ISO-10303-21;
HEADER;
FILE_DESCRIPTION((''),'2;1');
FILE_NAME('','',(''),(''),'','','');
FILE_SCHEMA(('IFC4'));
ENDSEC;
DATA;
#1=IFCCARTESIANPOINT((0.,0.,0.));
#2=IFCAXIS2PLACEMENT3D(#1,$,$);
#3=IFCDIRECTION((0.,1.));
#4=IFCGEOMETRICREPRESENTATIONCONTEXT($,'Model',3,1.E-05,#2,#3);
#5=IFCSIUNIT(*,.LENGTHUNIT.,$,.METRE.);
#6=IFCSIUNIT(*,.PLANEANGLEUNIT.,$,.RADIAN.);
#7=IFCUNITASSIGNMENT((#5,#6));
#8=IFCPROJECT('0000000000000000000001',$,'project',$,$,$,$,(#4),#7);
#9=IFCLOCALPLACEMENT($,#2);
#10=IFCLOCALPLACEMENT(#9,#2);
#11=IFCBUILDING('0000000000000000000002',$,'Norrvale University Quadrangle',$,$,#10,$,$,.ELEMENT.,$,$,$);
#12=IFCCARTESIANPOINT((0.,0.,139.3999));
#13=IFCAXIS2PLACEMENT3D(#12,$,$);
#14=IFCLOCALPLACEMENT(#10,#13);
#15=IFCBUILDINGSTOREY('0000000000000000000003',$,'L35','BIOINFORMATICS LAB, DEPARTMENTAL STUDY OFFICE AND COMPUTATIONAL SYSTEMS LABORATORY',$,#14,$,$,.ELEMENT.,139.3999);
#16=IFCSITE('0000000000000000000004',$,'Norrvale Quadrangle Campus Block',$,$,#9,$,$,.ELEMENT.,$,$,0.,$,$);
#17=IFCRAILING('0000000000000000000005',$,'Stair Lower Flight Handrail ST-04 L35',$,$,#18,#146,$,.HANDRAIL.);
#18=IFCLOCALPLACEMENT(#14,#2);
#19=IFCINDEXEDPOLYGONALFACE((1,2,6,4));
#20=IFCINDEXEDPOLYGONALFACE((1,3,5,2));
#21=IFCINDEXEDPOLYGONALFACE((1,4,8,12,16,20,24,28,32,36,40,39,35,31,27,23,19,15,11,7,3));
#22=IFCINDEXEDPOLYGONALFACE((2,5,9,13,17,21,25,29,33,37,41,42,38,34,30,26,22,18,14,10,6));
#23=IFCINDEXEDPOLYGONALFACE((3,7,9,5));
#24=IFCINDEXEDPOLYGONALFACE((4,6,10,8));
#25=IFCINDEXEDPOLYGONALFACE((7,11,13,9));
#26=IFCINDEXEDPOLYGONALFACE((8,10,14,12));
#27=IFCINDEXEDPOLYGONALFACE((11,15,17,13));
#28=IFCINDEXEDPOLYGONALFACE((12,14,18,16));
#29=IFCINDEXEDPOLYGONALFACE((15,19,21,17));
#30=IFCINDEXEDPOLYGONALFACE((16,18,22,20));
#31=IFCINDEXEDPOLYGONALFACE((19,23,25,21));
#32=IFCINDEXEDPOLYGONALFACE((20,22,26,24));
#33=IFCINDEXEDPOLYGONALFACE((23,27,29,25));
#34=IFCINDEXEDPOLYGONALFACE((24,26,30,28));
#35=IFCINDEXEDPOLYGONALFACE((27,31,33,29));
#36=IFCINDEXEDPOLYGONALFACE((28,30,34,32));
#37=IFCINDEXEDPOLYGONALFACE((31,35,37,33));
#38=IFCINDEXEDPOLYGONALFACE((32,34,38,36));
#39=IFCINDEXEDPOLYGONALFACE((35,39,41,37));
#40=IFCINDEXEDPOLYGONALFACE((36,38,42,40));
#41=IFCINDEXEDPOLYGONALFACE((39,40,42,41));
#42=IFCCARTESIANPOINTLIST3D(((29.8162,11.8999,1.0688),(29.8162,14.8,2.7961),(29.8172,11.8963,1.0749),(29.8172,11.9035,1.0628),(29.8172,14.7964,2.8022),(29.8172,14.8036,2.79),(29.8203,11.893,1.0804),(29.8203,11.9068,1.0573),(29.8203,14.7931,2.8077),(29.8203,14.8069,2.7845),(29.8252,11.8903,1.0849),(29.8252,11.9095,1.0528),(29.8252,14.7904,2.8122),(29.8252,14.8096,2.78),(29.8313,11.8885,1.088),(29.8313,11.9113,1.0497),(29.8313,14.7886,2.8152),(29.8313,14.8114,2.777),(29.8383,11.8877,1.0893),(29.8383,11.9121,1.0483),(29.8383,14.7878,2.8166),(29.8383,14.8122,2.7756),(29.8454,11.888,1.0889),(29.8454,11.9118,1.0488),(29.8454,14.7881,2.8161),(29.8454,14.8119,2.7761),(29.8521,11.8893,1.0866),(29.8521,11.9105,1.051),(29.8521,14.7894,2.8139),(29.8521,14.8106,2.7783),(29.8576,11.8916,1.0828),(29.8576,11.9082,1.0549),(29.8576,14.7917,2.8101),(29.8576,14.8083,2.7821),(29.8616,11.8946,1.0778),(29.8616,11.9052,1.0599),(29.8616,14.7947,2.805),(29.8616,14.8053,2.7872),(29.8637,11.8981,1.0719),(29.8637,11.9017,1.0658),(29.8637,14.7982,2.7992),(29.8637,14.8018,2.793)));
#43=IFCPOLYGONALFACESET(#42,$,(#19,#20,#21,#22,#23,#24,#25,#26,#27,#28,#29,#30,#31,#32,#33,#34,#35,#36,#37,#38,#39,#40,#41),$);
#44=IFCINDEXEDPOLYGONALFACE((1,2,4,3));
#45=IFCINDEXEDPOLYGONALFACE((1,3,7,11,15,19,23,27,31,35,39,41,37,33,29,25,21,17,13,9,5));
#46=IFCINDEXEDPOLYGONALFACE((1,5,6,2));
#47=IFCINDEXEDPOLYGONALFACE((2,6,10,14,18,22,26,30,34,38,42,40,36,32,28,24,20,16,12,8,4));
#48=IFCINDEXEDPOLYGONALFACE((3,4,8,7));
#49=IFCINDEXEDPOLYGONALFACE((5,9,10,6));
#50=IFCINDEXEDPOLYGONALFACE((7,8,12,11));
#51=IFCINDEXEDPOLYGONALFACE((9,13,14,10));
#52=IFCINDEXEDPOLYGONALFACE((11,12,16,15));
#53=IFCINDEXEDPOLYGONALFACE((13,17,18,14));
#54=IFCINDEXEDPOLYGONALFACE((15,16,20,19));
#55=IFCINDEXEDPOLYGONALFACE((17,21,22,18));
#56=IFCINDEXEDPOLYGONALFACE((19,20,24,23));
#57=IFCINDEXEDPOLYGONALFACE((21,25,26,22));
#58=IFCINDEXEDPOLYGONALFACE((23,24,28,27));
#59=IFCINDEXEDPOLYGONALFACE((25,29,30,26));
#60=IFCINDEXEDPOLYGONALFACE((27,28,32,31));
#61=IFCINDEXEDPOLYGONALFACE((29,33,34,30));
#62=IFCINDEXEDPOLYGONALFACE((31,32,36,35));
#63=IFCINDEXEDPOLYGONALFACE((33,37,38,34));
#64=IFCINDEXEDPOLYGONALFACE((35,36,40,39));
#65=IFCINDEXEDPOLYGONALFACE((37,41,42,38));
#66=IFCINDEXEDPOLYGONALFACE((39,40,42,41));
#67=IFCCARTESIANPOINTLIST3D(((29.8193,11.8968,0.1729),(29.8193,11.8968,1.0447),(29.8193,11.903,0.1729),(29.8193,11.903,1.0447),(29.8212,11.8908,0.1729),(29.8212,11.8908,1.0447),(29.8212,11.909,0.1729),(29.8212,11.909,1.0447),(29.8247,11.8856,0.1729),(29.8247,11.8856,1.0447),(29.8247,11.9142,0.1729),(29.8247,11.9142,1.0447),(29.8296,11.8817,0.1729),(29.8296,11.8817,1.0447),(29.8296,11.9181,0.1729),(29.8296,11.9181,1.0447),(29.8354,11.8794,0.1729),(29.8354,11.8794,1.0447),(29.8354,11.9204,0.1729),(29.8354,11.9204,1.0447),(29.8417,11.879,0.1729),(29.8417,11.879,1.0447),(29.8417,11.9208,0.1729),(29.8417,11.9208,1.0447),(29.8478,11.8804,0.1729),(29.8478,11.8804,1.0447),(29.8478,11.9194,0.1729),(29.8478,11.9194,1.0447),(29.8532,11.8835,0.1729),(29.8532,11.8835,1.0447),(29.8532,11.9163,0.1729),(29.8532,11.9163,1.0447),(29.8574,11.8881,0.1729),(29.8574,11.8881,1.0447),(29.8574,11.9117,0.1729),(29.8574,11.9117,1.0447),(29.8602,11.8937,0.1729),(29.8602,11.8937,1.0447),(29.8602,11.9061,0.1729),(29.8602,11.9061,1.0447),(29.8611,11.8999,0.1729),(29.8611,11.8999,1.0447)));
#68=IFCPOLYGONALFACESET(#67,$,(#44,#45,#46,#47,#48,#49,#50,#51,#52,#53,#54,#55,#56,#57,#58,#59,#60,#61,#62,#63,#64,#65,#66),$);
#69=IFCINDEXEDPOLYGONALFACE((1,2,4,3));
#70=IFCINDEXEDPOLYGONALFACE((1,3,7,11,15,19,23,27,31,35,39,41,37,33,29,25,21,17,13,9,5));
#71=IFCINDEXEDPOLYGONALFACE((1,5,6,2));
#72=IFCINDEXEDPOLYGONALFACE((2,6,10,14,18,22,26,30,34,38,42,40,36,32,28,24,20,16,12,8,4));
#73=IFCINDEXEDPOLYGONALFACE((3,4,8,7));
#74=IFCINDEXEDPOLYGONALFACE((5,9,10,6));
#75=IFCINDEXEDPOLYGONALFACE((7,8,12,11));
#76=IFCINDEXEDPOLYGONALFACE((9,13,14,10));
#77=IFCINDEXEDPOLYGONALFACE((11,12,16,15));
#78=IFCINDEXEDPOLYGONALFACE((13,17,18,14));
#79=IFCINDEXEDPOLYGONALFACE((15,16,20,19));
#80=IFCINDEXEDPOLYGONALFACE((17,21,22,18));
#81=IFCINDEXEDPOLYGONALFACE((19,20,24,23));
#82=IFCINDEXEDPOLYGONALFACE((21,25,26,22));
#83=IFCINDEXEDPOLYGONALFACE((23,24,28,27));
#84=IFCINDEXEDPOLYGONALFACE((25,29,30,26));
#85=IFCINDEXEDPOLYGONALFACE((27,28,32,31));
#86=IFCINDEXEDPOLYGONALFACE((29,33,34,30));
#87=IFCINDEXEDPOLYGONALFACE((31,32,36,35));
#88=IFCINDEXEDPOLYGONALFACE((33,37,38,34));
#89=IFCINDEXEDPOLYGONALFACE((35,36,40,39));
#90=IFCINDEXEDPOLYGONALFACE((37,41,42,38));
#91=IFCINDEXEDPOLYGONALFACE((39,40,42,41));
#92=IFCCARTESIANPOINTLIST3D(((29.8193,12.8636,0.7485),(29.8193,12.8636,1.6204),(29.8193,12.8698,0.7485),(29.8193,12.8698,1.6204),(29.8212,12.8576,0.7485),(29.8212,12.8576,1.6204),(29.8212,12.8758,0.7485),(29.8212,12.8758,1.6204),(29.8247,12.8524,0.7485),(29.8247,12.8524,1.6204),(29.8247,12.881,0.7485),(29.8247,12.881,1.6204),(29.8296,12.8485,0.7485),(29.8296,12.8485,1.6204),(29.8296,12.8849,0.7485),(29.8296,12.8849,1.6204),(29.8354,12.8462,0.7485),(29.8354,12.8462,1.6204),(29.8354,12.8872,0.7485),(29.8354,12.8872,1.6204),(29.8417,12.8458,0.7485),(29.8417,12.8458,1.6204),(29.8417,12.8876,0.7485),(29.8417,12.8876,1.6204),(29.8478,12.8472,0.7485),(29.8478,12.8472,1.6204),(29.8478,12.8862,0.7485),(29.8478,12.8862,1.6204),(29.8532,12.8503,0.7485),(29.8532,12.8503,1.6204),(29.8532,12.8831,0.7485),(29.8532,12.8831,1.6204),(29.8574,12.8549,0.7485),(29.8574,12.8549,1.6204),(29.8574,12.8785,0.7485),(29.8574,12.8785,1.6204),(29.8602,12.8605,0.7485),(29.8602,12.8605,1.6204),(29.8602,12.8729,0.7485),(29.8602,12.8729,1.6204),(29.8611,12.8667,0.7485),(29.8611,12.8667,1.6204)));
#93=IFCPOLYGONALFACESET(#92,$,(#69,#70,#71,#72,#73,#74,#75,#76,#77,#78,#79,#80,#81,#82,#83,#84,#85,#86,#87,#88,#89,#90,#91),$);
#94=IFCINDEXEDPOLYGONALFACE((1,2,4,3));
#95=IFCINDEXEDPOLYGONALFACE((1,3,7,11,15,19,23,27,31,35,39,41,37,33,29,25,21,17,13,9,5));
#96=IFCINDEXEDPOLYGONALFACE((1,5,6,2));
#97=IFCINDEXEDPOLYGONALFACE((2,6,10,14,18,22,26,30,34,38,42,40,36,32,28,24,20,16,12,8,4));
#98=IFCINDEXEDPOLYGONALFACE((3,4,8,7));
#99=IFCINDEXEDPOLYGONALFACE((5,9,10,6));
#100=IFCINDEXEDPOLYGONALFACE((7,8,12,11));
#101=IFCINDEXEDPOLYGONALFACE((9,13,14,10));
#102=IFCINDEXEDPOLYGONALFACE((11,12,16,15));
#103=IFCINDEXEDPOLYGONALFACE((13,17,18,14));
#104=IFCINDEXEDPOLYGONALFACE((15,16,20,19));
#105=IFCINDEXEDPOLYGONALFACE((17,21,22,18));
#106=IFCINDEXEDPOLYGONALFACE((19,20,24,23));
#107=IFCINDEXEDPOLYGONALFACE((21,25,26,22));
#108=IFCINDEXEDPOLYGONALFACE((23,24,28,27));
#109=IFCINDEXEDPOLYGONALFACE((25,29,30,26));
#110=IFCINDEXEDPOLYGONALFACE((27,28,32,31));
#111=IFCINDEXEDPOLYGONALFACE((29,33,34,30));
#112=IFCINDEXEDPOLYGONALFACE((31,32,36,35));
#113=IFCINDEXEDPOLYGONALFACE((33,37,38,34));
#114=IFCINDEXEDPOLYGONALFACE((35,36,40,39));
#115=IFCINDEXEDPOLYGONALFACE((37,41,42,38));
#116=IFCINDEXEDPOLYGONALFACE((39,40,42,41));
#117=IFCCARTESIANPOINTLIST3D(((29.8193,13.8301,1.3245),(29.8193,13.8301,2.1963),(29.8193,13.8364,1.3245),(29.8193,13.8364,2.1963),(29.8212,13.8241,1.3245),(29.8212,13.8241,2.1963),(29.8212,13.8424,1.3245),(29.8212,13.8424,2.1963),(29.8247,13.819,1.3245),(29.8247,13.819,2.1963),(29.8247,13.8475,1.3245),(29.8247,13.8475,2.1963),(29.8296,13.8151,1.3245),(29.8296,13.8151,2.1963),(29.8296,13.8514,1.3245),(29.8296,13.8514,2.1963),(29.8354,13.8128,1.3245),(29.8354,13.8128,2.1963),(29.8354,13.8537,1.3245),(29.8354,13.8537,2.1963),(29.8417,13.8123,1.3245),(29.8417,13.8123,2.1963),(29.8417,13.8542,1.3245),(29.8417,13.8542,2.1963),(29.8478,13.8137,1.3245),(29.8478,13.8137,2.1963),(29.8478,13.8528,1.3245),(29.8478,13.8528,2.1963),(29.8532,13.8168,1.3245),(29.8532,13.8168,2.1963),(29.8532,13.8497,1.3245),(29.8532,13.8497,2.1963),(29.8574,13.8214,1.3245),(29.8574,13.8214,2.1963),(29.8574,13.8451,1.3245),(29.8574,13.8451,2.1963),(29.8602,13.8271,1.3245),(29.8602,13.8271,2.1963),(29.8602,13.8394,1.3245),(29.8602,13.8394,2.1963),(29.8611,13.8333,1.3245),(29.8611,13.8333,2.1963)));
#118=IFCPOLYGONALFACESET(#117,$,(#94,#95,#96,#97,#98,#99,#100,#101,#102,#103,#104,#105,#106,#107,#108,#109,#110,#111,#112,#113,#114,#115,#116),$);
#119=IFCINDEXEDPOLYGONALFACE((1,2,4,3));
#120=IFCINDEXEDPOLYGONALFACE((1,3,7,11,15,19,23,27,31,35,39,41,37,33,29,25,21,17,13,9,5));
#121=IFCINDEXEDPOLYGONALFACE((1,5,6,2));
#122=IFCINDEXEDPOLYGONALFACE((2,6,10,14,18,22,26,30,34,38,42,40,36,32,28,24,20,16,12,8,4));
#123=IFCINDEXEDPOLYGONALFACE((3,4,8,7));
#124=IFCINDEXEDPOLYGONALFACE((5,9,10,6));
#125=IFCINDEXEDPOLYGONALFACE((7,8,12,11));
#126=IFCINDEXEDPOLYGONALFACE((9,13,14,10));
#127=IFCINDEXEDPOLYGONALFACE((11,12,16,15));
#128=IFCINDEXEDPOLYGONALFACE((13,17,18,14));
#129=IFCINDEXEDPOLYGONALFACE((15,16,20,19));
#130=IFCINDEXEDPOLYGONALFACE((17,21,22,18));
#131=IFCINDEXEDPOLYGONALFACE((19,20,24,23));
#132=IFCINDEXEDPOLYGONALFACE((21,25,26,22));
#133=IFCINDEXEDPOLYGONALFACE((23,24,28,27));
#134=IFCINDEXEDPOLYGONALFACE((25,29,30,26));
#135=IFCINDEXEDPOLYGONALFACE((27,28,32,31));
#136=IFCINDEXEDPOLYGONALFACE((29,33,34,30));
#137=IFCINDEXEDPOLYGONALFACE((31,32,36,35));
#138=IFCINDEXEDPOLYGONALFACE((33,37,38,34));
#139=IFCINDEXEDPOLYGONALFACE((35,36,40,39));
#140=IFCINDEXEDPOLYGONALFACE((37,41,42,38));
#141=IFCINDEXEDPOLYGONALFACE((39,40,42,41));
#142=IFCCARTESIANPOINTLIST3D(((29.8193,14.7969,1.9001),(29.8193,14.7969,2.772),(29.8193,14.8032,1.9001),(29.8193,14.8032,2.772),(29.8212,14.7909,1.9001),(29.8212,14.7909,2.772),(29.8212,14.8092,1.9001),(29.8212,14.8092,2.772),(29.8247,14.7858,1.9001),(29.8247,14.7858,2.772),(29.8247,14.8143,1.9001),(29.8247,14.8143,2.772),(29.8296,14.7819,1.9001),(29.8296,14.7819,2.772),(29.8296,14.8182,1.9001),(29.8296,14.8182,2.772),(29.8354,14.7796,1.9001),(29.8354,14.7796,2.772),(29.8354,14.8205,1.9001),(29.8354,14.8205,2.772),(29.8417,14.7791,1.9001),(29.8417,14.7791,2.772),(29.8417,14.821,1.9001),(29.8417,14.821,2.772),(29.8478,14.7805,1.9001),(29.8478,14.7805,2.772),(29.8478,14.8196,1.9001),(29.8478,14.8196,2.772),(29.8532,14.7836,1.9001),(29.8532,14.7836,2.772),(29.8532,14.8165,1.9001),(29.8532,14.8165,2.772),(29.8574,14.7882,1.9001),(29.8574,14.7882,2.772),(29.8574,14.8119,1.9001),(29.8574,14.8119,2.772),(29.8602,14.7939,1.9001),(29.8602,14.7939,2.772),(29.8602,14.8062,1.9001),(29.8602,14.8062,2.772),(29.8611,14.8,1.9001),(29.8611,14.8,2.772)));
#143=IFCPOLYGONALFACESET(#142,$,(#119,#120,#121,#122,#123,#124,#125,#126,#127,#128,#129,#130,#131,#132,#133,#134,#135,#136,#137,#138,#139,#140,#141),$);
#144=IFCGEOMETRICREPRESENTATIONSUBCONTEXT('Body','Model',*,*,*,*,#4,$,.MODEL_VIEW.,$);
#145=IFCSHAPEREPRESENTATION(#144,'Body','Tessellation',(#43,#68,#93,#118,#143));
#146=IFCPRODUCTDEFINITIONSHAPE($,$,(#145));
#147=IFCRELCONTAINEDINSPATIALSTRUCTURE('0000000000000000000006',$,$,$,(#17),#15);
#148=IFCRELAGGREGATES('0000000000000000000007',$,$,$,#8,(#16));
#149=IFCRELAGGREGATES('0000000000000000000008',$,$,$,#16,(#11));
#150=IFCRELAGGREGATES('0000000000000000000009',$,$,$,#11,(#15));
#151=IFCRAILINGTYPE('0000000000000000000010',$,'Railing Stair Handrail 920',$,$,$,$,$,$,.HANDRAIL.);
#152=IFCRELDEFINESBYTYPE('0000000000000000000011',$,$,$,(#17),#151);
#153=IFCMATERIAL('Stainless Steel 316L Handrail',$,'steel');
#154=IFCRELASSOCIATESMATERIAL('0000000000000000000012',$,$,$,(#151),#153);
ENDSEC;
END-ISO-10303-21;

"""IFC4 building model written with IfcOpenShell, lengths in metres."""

from ifc_helpers import new_model, si_unit, direction, frame, origin, origin_2d, place, context, subcontext, project, spatial, circle, extrude, material, type_object, element, save


model = new_model("IFC4")

# Units and contexts
model_context = context("Model", 3, precision=1e-05, world=origin(), true_north=direction((0.0, 1.0)))
body_context = subcontext(model_context, "Body", "Model", "MODEL_VIEW")
ifc_project = project(units=[si_unit("LENGTHUNIT", "METRE"), si_unit("PLANEANGLEUNIT", "RADIAN")], contexts=[model_context])

# Site, building, storey
site_placement = place(None, origin())
site = spatial("IfcSite", under=ifc_project, at=site_placement, Name="Norrvale Quadrangle Campus Block", CompositionType="ELEMENT", RefElevation=0.0)
building_placement = place(site_placement, origin())
building = spatial("IfcBuilding", under=site, at=building_placement, Name="Norrvale University Quadrangle", CompositionType="ELEMENT")
storey_placement = place(building_placement, frame((0.0, 0.0, 139.3999)))
storey = spatial("IfcBuildingStorey", under=building, at=storey_placement, Name="L35", Description="BIOINFORMATICS LAB, DEPARTMENTAL STUDY OFFICE AND COMPUTATIONAL SYSTEMS LABORATORY", CompositionType="ELEMENT", Elevation=139.3999)

# Railing
ifc_material_1 = material(Name="Stainless Steel 316L Handrail", Category="steel")
railing_type_1 = type_object("IfcRailingType", Name="Railing Stair Handrail 920", PredefinedType="HANDRAIL", material=ifc_material_1)
railing_1_placement = place(storey_placement, frame((29.8401, 11.8999, 0.1729)))
element("IfcRailing", 1, at=railing_1_placement, inside=storey, type_object=railing_type_1, Name="Stair Lower Flight Handrail ST-04 L35", PredefinedType="HANDRAIL", context=body_context, shape_type="SweptSolid", body=[
    extrude(circle(Radius=0.0239, at=origin_2d()), frame((0.0, 0.0, 0.896), z_axis=(0.0, 0.85916, 0.511706), x_axis=(-1.0, 0.0, 0.0)), (0.0, 0.0, 1.0), 3.3755),
    extrude(circle(Radius=0.021, at=origin_2d()), origin(), (0.0, 0.0, 1.0), 0.8718),
    extrude(circle(Radius=0.021, at=origin_2d()), frame((0.0, 0.9668, 0.5757)), (0.0, 0.0, 1.0), 0.8718),
    extrude(circle(Radius=0.021, at=origin_2d()), frame((0.0, 1.9333, 1.1516)), (0.0, 0.0, 1.0), 0.8718),
    extrude(circle(Radius=0.021, at=origin_2d()), frame((0.0, 2.9001, 1.7273)), (0.0, 0.0, 1.0), 0.8718),
])

save(model, "model.ifc")
